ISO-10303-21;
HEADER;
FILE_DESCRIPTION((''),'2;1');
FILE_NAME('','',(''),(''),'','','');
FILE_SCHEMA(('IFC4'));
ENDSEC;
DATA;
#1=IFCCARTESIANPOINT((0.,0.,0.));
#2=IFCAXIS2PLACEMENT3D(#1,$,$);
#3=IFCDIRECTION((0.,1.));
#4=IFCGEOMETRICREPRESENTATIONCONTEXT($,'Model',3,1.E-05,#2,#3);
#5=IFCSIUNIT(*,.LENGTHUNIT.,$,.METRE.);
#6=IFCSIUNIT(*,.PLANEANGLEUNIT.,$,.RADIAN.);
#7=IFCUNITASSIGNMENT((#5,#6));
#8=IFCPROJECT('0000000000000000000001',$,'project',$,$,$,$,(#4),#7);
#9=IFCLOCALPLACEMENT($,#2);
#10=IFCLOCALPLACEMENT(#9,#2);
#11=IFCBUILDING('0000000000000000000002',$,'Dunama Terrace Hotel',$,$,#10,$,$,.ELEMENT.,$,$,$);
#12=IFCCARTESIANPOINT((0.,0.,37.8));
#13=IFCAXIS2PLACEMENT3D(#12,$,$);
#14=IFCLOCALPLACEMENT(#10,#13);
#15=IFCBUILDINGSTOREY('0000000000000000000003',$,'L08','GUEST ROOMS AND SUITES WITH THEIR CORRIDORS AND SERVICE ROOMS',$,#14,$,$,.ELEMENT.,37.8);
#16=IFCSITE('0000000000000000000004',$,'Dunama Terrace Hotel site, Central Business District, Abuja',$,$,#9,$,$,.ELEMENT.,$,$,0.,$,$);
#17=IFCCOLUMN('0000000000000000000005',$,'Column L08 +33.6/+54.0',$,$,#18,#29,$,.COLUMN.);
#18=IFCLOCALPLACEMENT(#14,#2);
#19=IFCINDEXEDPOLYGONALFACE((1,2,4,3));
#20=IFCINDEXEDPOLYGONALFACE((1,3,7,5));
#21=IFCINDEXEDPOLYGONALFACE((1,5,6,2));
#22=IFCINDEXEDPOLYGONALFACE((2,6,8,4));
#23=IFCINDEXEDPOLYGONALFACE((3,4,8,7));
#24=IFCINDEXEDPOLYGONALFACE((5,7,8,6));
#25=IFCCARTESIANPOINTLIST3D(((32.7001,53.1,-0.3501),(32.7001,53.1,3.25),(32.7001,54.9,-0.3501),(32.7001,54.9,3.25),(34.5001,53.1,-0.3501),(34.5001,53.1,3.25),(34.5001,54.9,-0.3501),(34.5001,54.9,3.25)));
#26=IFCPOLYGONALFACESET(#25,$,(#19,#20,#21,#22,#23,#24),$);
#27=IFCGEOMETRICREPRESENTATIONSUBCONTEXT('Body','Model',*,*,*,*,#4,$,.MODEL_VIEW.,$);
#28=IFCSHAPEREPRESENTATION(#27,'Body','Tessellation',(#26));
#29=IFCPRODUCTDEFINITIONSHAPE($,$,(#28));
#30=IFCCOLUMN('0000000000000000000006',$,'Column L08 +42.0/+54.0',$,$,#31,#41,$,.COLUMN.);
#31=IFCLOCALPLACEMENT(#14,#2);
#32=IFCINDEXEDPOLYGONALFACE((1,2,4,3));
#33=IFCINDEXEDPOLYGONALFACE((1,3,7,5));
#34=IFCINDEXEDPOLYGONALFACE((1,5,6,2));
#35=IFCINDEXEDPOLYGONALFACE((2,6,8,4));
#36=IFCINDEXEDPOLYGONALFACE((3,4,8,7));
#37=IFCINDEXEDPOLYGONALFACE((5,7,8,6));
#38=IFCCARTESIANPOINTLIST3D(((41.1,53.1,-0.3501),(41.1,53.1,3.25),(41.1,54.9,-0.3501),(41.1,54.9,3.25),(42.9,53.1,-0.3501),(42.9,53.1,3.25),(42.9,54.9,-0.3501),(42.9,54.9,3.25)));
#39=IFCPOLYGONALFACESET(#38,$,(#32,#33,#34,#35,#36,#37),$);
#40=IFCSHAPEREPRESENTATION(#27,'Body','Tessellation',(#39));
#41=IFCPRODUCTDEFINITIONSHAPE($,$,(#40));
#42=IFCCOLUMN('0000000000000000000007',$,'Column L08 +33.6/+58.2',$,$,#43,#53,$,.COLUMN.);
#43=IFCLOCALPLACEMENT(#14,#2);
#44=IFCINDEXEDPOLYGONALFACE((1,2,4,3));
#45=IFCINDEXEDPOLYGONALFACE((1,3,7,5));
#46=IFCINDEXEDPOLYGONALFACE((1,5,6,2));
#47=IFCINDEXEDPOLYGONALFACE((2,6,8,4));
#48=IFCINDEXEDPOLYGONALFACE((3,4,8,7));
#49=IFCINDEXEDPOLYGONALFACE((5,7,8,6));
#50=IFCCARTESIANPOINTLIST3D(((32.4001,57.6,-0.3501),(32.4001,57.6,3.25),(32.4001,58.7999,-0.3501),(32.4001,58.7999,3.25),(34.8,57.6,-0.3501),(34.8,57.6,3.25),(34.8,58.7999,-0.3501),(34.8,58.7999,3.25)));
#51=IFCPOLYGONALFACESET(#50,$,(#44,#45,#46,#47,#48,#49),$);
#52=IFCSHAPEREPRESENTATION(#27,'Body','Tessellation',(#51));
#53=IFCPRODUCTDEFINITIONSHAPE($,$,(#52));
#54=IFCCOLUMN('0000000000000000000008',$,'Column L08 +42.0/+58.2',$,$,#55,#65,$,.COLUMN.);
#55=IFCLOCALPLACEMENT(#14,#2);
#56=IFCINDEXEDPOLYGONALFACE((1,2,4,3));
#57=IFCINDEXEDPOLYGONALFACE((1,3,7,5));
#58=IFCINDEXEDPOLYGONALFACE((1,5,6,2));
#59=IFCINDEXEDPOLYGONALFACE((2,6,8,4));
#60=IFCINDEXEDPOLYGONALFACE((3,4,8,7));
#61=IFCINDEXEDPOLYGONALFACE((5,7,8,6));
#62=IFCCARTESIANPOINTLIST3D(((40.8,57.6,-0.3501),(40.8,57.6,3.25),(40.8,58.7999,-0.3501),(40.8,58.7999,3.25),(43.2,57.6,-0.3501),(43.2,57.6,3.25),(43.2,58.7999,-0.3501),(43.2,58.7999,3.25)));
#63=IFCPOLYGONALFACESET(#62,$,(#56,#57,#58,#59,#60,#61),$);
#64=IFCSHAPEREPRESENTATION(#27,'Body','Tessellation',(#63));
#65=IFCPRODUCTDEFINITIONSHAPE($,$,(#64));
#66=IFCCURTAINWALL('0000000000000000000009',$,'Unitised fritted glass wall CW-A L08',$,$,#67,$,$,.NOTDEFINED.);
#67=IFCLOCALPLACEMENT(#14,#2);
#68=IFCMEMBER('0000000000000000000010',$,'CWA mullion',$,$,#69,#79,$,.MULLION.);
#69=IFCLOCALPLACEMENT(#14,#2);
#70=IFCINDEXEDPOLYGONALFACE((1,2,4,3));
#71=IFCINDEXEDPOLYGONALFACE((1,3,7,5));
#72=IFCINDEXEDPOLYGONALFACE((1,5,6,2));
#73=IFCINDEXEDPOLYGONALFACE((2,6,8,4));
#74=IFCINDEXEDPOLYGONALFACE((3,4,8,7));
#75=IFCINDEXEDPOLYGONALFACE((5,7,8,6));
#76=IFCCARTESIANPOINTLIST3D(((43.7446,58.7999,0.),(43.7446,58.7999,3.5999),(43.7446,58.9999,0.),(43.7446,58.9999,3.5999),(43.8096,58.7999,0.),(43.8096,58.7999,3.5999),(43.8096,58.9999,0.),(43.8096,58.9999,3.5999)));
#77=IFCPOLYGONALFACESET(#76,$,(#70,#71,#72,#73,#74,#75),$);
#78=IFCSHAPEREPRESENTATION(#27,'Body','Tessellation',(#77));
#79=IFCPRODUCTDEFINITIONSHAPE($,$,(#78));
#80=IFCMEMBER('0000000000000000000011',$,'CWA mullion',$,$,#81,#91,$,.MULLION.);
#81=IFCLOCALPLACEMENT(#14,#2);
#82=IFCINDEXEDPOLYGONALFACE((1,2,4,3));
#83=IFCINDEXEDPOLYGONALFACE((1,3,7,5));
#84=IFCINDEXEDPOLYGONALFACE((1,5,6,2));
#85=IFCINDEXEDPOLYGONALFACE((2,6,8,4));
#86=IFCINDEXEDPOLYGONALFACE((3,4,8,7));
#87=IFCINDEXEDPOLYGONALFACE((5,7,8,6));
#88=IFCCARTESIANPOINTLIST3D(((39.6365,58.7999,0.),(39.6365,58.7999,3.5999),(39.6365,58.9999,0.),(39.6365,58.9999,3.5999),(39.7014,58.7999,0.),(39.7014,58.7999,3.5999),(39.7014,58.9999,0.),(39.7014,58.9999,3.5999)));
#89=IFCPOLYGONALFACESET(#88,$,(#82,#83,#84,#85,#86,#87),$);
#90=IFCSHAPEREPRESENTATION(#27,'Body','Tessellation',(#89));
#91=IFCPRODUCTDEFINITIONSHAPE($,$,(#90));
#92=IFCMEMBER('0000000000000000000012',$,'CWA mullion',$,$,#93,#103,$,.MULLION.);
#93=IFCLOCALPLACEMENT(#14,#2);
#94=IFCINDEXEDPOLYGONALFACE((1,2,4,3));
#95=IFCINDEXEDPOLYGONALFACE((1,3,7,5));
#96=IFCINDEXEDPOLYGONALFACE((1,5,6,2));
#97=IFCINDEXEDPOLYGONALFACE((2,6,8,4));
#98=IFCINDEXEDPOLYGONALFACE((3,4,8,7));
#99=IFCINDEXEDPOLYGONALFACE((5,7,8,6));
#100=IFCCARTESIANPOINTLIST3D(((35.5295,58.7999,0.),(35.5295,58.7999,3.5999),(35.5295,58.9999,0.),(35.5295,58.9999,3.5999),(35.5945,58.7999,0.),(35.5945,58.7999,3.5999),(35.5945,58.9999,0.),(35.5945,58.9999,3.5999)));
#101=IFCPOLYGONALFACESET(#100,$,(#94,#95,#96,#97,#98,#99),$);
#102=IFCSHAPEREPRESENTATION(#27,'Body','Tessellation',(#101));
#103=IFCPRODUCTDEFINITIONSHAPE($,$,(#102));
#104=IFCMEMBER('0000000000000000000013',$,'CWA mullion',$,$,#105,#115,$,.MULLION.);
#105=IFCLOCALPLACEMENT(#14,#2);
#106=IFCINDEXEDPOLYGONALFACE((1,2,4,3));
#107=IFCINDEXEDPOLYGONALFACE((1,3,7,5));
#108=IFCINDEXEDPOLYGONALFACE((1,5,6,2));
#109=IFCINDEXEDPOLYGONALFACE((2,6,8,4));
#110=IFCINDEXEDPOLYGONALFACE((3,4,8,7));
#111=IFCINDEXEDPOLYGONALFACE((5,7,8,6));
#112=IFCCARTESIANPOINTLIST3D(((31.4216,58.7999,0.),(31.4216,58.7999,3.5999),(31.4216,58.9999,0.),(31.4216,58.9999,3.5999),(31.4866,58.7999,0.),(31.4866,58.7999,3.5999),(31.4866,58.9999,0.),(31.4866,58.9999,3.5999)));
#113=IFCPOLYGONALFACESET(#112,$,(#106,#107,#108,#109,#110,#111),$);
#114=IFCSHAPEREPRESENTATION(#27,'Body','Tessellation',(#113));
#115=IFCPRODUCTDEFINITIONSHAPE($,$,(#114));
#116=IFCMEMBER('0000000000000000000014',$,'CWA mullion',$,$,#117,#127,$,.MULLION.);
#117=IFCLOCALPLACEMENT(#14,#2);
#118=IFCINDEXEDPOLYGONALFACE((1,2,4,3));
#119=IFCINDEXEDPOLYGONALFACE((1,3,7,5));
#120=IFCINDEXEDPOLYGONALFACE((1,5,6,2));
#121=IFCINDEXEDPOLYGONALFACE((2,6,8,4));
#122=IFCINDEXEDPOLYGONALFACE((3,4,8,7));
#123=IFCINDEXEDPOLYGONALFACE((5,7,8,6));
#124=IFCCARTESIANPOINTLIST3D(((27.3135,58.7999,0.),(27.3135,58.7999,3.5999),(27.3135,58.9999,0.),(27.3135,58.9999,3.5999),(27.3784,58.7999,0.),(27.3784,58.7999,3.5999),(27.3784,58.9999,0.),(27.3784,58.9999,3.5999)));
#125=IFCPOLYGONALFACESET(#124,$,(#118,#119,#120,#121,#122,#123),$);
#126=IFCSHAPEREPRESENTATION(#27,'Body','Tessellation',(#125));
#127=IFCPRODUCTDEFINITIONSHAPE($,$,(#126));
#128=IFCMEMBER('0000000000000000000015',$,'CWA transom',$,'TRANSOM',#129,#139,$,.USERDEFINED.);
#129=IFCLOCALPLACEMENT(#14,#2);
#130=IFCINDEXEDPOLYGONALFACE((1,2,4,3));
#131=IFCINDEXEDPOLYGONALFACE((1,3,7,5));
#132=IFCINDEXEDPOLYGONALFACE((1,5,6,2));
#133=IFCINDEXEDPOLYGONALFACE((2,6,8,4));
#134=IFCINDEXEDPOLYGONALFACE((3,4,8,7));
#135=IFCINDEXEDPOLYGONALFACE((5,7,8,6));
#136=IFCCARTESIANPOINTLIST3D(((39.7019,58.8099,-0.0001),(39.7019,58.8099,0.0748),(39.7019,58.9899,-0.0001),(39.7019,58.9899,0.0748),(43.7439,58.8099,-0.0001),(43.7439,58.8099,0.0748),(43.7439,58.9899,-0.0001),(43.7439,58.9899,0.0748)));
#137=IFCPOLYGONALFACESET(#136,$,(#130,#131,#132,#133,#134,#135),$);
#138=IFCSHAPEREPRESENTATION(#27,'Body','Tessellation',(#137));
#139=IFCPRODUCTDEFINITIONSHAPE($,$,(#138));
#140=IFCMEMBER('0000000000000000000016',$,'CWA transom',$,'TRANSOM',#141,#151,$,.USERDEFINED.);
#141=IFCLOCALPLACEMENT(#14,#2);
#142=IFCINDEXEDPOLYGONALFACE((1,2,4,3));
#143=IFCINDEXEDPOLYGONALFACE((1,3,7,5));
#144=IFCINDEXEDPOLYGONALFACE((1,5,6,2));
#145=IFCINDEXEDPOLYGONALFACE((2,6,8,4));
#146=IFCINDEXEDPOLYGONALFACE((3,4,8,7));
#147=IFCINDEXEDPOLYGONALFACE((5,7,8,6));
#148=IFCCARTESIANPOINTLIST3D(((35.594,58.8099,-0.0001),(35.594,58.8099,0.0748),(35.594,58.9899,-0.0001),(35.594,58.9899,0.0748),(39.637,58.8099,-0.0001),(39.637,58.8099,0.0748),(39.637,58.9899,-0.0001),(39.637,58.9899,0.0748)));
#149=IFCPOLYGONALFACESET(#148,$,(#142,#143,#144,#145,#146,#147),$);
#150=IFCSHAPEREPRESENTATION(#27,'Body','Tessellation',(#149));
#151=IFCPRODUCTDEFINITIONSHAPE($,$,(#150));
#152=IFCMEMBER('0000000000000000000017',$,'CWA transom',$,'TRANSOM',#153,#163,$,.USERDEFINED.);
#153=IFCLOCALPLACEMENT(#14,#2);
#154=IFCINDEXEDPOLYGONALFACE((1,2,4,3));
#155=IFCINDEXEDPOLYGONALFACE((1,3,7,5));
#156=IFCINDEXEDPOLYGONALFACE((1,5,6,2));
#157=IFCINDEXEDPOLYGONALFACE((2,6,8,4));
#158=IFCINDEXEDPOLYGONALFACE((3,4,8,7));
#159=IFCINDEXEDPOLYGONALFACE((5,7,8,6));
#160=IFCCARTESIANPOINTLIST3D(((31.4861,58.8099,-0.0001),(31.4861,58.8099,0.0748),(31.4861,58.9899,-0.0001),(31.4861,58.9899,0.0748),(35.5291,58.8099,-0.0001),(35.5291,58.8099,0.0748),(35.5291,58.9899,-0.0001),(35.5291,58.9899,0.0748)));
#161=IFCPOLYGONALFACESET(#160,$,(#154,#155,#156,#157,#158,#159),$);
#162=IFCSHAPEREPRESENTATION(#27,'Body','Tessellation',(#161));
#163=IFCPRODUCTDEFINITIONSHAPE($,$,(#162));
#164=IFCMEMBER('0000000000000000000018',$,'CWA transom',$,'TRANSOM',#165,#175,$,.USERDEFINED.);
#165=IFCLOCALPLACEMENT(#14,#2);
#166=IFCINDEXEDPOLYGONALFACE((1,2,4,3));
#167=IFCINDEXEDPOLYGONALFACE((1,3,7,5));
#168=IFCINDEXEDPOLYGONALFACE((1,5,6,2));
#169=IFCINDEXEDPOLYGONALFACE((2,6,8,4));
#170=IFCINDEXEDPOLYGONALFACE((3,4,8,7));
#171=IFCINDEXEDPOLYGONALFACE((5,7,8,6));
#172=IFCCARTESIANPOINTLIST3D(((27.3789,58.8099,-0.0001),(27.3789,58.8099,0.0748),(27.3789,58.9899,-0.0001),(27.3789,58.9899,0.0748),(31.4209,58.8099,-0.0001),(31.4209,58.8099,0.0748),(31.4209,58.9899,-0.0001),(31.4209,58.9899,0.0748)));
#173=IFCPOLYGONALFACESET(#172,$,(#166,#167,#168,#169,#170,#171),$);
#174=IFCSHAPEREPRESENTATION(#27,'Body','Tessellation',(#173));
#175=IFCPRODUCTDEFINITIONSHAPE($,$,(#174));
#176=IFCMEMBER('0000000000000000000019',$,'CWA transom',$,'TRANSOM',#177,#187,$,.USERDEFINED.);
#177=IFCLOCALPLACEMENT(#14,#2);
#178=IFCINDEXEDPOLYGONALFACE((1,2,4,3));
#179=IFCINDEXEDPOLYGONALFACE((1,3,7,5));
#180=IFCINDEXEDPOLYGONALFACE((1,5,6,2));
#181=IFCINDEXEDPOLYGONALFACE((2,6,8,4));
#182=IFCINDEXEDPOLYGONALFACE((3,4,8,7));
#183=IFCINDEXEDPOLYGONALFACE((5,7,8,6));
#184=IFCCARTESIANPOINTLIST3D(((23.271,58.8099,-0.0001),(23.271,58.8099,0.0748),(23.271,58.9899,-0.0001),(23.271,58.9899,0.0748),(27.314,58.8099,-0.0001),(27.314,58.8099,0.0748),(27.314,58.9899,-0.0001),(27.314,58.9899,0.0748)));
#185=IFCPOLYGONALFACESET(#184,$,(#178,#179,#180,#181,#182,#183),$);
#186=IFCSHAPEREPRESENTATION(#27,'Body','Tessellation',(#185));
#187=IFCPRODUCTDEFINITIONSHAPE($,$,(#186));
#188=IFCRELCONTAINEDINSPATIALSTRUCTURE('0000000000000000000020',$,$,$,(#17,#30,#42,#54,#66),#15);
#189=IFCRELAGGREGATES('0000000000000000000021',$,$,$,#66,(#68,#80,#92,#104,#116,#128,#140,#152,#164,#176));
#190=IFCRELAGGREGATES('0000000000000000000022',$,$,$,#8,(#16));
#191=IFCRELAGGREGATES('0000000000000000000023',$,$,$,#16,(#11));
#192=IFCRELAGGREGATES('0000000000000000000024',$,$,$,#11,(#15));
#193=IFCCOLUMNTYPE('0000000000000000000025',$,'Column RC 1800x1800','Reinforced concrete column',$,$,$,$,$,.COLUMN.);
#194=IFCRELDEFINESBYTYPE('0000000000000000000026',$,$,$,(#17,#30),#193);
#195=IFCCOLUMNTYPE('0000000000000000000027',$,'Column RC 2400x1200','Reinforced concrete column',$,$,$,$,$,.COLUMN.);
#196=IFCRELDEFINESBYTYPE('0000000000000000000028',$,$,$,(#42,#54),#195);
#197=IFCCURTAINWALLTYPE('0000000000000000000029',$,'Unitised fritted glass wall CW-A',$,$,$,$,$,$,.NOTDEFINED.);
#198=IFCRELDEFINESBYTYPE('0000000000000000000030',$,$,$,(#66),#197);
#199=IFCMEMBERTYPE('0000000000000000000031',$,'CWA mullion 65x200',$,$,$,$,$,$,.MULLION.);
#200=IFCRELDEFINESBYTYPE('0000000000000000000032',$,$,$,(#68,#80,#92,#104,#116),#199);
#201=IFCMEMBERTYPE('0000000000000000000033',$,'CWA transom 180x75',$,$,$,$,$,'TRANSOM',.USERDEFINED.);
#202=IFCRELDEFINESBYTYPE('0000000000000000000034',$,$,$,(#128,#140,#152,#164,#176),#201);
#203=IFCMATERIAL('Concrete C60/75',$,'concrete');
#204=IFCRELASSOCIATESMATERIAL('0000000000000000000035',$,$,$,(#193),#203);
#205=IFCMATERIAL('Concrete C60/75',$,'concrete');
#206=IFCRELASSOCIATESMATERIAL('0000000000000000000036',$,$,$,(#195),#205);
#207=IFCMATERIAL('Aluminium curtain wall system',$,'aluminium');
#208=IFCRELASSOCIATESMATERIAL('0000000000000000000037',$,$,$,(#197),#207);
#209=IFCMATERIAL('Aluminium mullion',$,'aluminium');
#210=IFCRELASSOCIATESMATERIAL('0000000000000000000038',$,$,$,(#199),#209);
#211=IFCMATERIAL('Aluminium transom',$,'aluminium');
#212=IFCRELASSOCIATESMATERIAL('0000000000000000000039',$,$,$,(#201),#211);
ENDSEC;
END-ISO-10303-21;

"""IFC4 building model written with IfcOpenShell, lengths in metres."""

from ifc_helpers import new_model, si_unit, direction, frame, origin, origin_2d, place, context, subcontext, project, spatial, rectangle, extrude, material, material_profile, profile_set, type_object, element, aggregate, save


model = new_model("IFC4")

# Units and contexts
model_context = context("Model", 3, precision=1e-05, world=origin(), true_north=direction((0.0, 1.0)))
body_context = subcontext(model_context, "Body", "Model", "MODEL_VIEW")
ifc_project = project(units=[si_unit("LENGTHUNIT", "METRE"), si_unit("PLANEANGLEUNIT", "RADIAN")], contexts=[model_context])

# Site, building, storey
site_placement = place(None, origin())
site = spatial("IfcSite", under=ifc_project, at=site_placement, Name="Dunama Terrace Hotel site, Central Business District, Abuja", CompositionType="ELEMENT", RefElevation=0.0)
building_placement = place(site_placement, origin())
building = spatial("IfcBuilding", under=site, at=building_placement, Name="Dunama Terrace Hotel", CompositionType="ELEMENT")
storey_placement = place(building_placement, frame((0.0, 0.0, 37.8)))
storey = spatial("IfcBuildingStorey", under=building, at=storey_placement, Name="L08", Description="GUEST ROOMS AND SUITES WITH THEIR CORRIDORS AND SERVICE ROOMS", CompositionType="ELEMENT", Elevation=37.8)

# Columns
ifc_material_1 = material(Name="Concrete C60/75", Category="concrete")
ifc_material_profile_1 = material_profile(ifc_material_1, rectangle(XDim=1.8, YDim=1.8, at=origin_2d()), Name="RC 1800x1800")
ifc_profile_set_1 = profile_set([ifc_material_profile_1], Name="Concrete C60/75")
column_type_1 = type_object("IfcColumnType", Name="Column RC 1800x1800", Description="Reinforced concrete column", PredefinedType="COLUMN", material=ifc_profile_set_1)
for number, where, z_axis, x_axis, name in (
    (1, (33.6001, 54.0, -0.3501), (0.0, 0.0, 1.0), (1.0, 0.0, 0.0), "Column L08 +33.6/+54.0"),
    (2, (42.0, 54.0, -0.3501), (0.0, 0.0, 1.0), (1.0, 0.0, 0.0), "Column L08 +42.0/+54.0"),
):
    element("IfcColumn", number, at=place(storey_placement, frame(where, z_axis=z_axis, x_axis=x_axis)), inside=storey, type_object=column_type_1, Name=name, PredefinedType="COLUMN", context=body_context, shape_type="SweptSolid", body=[
        extrude(rectangle(XDim=1.8, YDim=1.8, at=origin_2d()), origin(), (0.0, 0.0, 1.0), 3.6001),
    ])
ifc_material_2 = material(Name="Concrete C60/75", Category="concrete")
ifc_material_profile_2 = material_profile(ifc_material_2, rectangle(XDim=2.3999, YDim=1.2, at=origin_2d()), Name="RC 2400x1200")
ifc_profile_set_2 = profile_set([ifc_material_profile_2], Name="Concrete C60/75")
column_type_2 = type_object("IfcColumnType", Name="Column RC 2400x1200", Description="Reinforced concrete column", PredefinedType="COLUMN", material=ifc_profile_set_2)
for number, where, z_axis, x_axis, name in (
    (3, (33.6001, 58.2, -0.3501), (0.0, 0.0, 1.0), (1.0, 0.0, 0.0), "Column L08 +33.6/+58.2"),
    (4, (42.0, 58.2, -0.3501), (0.0, 0.0, 1.0), (1.0, 0.0, 0.0), "Column L08 +42.0/+58.2"),
):
    element("IfcColumn", number, at=place(storey_placement, frame(where, z_axis=z_axis, x_axis=x_axis)), inside=storey, type_object=column_type_2, Name=name, PredefinedType="COLUMN", context=body_context, shape_type="SweptSolid", body=[
        extrude(rectangle(XDim=2.3999, YDim=1.2, at=origin_2d()), origin(), (0.0, 0.0, 1.0), 3.6001),
    ])

# Curtain wall, members
ifc_material_3 = material(Name="Aluminium curtain wall system", Category="aluminium")
curtain_wall_type = type_object("IfcCurtainWallType", Name="Unitised fritted glass wall CW-A", PredefinedType="NOTDEFINED", material=ifc_material_3)
curtain_wall_placement = place(storey_placement, origin())
curtain_wall = element("IfcCurtainWall", 5, at=curtain_wall_placement, inside=storey, type_object=curtain_wall_type, Name="Unitised fritted glass wall CW-A L08", PredefinedType="NOTDEFINED")
ifc_material_4 = material(Name="Aluminium mullion", Category="aluminium")
ifc_material_profile_3 = material_profile(ifc_material_4, rectangle(XDim=0.0649, YDim=0.2, at=origin_2d()), Name="CWA MULLION 65X200")
ifc_profile_set_3 = profile_set([ifc_material_profile_3], Name="Aluminium mullion")
member_type_1 = type_object("IfcMemberType", Name="CWA mullion 65x200", PredefinedType="MULLION", material=ifc_profile_set_3)
member_1_placement = place(storey_placement, frame((43.7771, 58.8999, 0.0), z_axis=(0.0, 0.0, 1.0), x_axis=(-1.0, 0.0, 0.0)))
member_1 = element("IfcMember", 6, at=member_1_placement, type_object=member_type_1, Name="CWA mullion", PredefinedType="MULLION", context=body_context, shape_type="SweptSolid", body=[
    extrude(rectangle(XDim=0.0649, YDim=0.2, at=origin_2d()), origin(), (0.0, 0.0, 1.0), 3.5999),
])
member_2_placement = place(storey_placement, frame((39.6689, 58.8999, 0.0), z_axis=(0.0, 0.0, 1.0), x_axis=(-1.0, 0.0, 0.0)))
member_2 = element("IfcMember", 7, at=member_2_placement, type_object=member_type_1, Name="CWA mullion", PredefinedType="MULLION", context=body_context, shape_type="SweptSolid", body=[
    extrude(rectangle(XDim=0.0649, YDim=0.2, at=origin_2d()), origin(), (0.0, 0.0, 1.0), 3.5999),
])
member_3_placement = place(storey_placement, frame((35.562, 58.8999, 0.0), z_axis=(0.0, 0.0, 1.0), x_axis=(-1.0, 0.0, 0.0)))
member_3 = element("IfcMember", 8, at=member_3_placement, type_object=member_type_1, Name="CWA mullion", PredefinedType="MULLION", context=body_context, shape_type="SweptSolid", body=[
    extrude(rectangle(XDim=0.0649, YDim=0.2, at=origin_2d()), origin(), (0.0, 0.0, 1.0), 3.5999),
])
member_4_placement = place(storey_placement, frame((31.4541, 58.8999, 0.0), z_axis=(0.0, 0.0, 1.0), x_axis=(-1.0, 0.0, 0.0)))
member_4 = element("IfcMember", 9, at=member_4_placement, type_object=member_type_1, Name="CWA mullion", PredefinedType="MULLION", context=body_context, shape_type="SweptSolid", body=[
    extrude(rectangle(XDim=0.0649, YDim=0.2, at=origin_2d()), origin(), (0.0, 0.0, 1.0), 3.5999),
])
member_5_placement = place(storey_placement, frame((27.3459, 58.8999, 0.0), z_axis=(0.0, 0.0, 1.0), x_axis=(-1.0, 0.0, 0.0)))
member_5 = element("IfcMember", 10, at=member_5_placement, type_object=member_type_1, Name="CWA mullion", PredefinedType="MULLION", context=body_context, shape_type="SweptSolid", body=[
    extrude(rectangle(XDim=0.0649, YDim=0.2, at=origin_2d()), origin(), (0.0, 0.0, 1.0), 3.5999),
])
ifc_material_5 = material(Name="Aluminium transom", Category="aluminium")
ifc_material_profile_4 = material_profile(ifc_material_5, rectangle(XDim=0.1799, YDim=0.075, at=origin_2d()), Name="CWA TRANSOM 180X75")
ifc_profile_set_4 = profile_set([ifc_material_profile_4], Name="Aluminium transom")
member_type_2 = type_object("IfcMemberType", Name="CWA transom 180x75", ElementType="TRANSOM", PredefinedType="USERDEFINED", material=ifc_profile_set_4)
member_6_placement = place(storey_placement, frame((43.7439, 58.8999, 0.0374), z_axis=(-1.0, 0.0, 0.0), x_axis=(0.0, -1.0, 0.0)))
member_6 = element("IfcMember", 11, at=member_6_placement, type_object=member_type_2, Name="CWA transom", ObjectType="TRANSOM", PredefinedType="USERDEFINED", context=body_context, shape_type="SweptSolid", body=[
    extrude(rectangle(XDim=0.1799, YDim=0.075, at=origin_2d()), origin(), (0.0, 0.0, 1.0), 4.042),
])
member_7_placement = place(storey_placement, frame((39.637, 58.8999, 0.0374), z_axis=(-1.0, 0.0, 0.0), x_axis=(0.0, -1.0, 0.0)))
member_7 = element("IfcMember", 12, at=member_7_placement, type_object=member_type_2, Name="CWA transom", ObjectType="TRANSOM", PredefinedType="USERDEFINED", context=body_context, shape_type="SweptSolid", body=[
    extrude(rectangle(XDim=0.1799, YDim=0.075, at=origin_2d()), origin(), (0.0, 0.0, 1.0), 4.043),
])
member_8_placement = place(storey_placement, frame((35.5291, 58.8999, 0.0374), z_axis=(-1.0, 0.0, 0.0), x_axis=(0.0, -1.0, 0.0)))
member_8 = element("IfcMember", 13, at=member_8_placement, type_object=member_type_2, Name="CWA transom", ObjectType="TRANSOM", PredefinedType="USERDEFINED", context=body_context, shape_type="SweptSolid", body=[
    extrude(rectangle(XDim=0.1799, YDim=0.075, at=origin_2d()), origin(), (0.0, 0.0, 1.0), 4.043),
])
member_9_placement = place(storey_placement, frame((31.4209, 58.8999, 0.0374), z_axis=(-1.0, 0.0, 0.0), x_axis=(0.0, -1.0, 0.0)))
member_9 = element("IfcMember", 14, at=member_9_placement, type_object=member_type_2, Name="CWA transom", ObjectType="TRANSOM", PredefinedType="USERDEFINED", context=body_context, shape_type="SweptSolid", body=[
    extrude(rectangle(XDim=0.1799, YDim=0.075, at=origin_2d()), origin(), (0.0, 0.0, 1.0), 4.042),
])
member_10_placement = place(storey_placement, frame((27.314, 58.8999, 0.0374), z_axis=(-1.0, 0.0, 0.0), x_axis=(0.0, -1.0, 0.0)))
member_10 = element("IfcMember", 15, at=member_10_placement, type_object=member_type_2, Name="CWA transom", ObjectType="TRANSOM", PredefinedType="USERDEFINED", context=body_context, shape_type="SweptSolid", body=[
    extrude(rectangle(XDim=0.1799, YDim=0.075, at=origin_2d()), origin(), (0.0, 0.0, 1.0), 4.043),
])

aggregate(curtain_wall, [member_1, member_2, member_3, member_4, member_5, member_6, member_7, member_8, member_9, member_10])

save(model, "model.ifc")
